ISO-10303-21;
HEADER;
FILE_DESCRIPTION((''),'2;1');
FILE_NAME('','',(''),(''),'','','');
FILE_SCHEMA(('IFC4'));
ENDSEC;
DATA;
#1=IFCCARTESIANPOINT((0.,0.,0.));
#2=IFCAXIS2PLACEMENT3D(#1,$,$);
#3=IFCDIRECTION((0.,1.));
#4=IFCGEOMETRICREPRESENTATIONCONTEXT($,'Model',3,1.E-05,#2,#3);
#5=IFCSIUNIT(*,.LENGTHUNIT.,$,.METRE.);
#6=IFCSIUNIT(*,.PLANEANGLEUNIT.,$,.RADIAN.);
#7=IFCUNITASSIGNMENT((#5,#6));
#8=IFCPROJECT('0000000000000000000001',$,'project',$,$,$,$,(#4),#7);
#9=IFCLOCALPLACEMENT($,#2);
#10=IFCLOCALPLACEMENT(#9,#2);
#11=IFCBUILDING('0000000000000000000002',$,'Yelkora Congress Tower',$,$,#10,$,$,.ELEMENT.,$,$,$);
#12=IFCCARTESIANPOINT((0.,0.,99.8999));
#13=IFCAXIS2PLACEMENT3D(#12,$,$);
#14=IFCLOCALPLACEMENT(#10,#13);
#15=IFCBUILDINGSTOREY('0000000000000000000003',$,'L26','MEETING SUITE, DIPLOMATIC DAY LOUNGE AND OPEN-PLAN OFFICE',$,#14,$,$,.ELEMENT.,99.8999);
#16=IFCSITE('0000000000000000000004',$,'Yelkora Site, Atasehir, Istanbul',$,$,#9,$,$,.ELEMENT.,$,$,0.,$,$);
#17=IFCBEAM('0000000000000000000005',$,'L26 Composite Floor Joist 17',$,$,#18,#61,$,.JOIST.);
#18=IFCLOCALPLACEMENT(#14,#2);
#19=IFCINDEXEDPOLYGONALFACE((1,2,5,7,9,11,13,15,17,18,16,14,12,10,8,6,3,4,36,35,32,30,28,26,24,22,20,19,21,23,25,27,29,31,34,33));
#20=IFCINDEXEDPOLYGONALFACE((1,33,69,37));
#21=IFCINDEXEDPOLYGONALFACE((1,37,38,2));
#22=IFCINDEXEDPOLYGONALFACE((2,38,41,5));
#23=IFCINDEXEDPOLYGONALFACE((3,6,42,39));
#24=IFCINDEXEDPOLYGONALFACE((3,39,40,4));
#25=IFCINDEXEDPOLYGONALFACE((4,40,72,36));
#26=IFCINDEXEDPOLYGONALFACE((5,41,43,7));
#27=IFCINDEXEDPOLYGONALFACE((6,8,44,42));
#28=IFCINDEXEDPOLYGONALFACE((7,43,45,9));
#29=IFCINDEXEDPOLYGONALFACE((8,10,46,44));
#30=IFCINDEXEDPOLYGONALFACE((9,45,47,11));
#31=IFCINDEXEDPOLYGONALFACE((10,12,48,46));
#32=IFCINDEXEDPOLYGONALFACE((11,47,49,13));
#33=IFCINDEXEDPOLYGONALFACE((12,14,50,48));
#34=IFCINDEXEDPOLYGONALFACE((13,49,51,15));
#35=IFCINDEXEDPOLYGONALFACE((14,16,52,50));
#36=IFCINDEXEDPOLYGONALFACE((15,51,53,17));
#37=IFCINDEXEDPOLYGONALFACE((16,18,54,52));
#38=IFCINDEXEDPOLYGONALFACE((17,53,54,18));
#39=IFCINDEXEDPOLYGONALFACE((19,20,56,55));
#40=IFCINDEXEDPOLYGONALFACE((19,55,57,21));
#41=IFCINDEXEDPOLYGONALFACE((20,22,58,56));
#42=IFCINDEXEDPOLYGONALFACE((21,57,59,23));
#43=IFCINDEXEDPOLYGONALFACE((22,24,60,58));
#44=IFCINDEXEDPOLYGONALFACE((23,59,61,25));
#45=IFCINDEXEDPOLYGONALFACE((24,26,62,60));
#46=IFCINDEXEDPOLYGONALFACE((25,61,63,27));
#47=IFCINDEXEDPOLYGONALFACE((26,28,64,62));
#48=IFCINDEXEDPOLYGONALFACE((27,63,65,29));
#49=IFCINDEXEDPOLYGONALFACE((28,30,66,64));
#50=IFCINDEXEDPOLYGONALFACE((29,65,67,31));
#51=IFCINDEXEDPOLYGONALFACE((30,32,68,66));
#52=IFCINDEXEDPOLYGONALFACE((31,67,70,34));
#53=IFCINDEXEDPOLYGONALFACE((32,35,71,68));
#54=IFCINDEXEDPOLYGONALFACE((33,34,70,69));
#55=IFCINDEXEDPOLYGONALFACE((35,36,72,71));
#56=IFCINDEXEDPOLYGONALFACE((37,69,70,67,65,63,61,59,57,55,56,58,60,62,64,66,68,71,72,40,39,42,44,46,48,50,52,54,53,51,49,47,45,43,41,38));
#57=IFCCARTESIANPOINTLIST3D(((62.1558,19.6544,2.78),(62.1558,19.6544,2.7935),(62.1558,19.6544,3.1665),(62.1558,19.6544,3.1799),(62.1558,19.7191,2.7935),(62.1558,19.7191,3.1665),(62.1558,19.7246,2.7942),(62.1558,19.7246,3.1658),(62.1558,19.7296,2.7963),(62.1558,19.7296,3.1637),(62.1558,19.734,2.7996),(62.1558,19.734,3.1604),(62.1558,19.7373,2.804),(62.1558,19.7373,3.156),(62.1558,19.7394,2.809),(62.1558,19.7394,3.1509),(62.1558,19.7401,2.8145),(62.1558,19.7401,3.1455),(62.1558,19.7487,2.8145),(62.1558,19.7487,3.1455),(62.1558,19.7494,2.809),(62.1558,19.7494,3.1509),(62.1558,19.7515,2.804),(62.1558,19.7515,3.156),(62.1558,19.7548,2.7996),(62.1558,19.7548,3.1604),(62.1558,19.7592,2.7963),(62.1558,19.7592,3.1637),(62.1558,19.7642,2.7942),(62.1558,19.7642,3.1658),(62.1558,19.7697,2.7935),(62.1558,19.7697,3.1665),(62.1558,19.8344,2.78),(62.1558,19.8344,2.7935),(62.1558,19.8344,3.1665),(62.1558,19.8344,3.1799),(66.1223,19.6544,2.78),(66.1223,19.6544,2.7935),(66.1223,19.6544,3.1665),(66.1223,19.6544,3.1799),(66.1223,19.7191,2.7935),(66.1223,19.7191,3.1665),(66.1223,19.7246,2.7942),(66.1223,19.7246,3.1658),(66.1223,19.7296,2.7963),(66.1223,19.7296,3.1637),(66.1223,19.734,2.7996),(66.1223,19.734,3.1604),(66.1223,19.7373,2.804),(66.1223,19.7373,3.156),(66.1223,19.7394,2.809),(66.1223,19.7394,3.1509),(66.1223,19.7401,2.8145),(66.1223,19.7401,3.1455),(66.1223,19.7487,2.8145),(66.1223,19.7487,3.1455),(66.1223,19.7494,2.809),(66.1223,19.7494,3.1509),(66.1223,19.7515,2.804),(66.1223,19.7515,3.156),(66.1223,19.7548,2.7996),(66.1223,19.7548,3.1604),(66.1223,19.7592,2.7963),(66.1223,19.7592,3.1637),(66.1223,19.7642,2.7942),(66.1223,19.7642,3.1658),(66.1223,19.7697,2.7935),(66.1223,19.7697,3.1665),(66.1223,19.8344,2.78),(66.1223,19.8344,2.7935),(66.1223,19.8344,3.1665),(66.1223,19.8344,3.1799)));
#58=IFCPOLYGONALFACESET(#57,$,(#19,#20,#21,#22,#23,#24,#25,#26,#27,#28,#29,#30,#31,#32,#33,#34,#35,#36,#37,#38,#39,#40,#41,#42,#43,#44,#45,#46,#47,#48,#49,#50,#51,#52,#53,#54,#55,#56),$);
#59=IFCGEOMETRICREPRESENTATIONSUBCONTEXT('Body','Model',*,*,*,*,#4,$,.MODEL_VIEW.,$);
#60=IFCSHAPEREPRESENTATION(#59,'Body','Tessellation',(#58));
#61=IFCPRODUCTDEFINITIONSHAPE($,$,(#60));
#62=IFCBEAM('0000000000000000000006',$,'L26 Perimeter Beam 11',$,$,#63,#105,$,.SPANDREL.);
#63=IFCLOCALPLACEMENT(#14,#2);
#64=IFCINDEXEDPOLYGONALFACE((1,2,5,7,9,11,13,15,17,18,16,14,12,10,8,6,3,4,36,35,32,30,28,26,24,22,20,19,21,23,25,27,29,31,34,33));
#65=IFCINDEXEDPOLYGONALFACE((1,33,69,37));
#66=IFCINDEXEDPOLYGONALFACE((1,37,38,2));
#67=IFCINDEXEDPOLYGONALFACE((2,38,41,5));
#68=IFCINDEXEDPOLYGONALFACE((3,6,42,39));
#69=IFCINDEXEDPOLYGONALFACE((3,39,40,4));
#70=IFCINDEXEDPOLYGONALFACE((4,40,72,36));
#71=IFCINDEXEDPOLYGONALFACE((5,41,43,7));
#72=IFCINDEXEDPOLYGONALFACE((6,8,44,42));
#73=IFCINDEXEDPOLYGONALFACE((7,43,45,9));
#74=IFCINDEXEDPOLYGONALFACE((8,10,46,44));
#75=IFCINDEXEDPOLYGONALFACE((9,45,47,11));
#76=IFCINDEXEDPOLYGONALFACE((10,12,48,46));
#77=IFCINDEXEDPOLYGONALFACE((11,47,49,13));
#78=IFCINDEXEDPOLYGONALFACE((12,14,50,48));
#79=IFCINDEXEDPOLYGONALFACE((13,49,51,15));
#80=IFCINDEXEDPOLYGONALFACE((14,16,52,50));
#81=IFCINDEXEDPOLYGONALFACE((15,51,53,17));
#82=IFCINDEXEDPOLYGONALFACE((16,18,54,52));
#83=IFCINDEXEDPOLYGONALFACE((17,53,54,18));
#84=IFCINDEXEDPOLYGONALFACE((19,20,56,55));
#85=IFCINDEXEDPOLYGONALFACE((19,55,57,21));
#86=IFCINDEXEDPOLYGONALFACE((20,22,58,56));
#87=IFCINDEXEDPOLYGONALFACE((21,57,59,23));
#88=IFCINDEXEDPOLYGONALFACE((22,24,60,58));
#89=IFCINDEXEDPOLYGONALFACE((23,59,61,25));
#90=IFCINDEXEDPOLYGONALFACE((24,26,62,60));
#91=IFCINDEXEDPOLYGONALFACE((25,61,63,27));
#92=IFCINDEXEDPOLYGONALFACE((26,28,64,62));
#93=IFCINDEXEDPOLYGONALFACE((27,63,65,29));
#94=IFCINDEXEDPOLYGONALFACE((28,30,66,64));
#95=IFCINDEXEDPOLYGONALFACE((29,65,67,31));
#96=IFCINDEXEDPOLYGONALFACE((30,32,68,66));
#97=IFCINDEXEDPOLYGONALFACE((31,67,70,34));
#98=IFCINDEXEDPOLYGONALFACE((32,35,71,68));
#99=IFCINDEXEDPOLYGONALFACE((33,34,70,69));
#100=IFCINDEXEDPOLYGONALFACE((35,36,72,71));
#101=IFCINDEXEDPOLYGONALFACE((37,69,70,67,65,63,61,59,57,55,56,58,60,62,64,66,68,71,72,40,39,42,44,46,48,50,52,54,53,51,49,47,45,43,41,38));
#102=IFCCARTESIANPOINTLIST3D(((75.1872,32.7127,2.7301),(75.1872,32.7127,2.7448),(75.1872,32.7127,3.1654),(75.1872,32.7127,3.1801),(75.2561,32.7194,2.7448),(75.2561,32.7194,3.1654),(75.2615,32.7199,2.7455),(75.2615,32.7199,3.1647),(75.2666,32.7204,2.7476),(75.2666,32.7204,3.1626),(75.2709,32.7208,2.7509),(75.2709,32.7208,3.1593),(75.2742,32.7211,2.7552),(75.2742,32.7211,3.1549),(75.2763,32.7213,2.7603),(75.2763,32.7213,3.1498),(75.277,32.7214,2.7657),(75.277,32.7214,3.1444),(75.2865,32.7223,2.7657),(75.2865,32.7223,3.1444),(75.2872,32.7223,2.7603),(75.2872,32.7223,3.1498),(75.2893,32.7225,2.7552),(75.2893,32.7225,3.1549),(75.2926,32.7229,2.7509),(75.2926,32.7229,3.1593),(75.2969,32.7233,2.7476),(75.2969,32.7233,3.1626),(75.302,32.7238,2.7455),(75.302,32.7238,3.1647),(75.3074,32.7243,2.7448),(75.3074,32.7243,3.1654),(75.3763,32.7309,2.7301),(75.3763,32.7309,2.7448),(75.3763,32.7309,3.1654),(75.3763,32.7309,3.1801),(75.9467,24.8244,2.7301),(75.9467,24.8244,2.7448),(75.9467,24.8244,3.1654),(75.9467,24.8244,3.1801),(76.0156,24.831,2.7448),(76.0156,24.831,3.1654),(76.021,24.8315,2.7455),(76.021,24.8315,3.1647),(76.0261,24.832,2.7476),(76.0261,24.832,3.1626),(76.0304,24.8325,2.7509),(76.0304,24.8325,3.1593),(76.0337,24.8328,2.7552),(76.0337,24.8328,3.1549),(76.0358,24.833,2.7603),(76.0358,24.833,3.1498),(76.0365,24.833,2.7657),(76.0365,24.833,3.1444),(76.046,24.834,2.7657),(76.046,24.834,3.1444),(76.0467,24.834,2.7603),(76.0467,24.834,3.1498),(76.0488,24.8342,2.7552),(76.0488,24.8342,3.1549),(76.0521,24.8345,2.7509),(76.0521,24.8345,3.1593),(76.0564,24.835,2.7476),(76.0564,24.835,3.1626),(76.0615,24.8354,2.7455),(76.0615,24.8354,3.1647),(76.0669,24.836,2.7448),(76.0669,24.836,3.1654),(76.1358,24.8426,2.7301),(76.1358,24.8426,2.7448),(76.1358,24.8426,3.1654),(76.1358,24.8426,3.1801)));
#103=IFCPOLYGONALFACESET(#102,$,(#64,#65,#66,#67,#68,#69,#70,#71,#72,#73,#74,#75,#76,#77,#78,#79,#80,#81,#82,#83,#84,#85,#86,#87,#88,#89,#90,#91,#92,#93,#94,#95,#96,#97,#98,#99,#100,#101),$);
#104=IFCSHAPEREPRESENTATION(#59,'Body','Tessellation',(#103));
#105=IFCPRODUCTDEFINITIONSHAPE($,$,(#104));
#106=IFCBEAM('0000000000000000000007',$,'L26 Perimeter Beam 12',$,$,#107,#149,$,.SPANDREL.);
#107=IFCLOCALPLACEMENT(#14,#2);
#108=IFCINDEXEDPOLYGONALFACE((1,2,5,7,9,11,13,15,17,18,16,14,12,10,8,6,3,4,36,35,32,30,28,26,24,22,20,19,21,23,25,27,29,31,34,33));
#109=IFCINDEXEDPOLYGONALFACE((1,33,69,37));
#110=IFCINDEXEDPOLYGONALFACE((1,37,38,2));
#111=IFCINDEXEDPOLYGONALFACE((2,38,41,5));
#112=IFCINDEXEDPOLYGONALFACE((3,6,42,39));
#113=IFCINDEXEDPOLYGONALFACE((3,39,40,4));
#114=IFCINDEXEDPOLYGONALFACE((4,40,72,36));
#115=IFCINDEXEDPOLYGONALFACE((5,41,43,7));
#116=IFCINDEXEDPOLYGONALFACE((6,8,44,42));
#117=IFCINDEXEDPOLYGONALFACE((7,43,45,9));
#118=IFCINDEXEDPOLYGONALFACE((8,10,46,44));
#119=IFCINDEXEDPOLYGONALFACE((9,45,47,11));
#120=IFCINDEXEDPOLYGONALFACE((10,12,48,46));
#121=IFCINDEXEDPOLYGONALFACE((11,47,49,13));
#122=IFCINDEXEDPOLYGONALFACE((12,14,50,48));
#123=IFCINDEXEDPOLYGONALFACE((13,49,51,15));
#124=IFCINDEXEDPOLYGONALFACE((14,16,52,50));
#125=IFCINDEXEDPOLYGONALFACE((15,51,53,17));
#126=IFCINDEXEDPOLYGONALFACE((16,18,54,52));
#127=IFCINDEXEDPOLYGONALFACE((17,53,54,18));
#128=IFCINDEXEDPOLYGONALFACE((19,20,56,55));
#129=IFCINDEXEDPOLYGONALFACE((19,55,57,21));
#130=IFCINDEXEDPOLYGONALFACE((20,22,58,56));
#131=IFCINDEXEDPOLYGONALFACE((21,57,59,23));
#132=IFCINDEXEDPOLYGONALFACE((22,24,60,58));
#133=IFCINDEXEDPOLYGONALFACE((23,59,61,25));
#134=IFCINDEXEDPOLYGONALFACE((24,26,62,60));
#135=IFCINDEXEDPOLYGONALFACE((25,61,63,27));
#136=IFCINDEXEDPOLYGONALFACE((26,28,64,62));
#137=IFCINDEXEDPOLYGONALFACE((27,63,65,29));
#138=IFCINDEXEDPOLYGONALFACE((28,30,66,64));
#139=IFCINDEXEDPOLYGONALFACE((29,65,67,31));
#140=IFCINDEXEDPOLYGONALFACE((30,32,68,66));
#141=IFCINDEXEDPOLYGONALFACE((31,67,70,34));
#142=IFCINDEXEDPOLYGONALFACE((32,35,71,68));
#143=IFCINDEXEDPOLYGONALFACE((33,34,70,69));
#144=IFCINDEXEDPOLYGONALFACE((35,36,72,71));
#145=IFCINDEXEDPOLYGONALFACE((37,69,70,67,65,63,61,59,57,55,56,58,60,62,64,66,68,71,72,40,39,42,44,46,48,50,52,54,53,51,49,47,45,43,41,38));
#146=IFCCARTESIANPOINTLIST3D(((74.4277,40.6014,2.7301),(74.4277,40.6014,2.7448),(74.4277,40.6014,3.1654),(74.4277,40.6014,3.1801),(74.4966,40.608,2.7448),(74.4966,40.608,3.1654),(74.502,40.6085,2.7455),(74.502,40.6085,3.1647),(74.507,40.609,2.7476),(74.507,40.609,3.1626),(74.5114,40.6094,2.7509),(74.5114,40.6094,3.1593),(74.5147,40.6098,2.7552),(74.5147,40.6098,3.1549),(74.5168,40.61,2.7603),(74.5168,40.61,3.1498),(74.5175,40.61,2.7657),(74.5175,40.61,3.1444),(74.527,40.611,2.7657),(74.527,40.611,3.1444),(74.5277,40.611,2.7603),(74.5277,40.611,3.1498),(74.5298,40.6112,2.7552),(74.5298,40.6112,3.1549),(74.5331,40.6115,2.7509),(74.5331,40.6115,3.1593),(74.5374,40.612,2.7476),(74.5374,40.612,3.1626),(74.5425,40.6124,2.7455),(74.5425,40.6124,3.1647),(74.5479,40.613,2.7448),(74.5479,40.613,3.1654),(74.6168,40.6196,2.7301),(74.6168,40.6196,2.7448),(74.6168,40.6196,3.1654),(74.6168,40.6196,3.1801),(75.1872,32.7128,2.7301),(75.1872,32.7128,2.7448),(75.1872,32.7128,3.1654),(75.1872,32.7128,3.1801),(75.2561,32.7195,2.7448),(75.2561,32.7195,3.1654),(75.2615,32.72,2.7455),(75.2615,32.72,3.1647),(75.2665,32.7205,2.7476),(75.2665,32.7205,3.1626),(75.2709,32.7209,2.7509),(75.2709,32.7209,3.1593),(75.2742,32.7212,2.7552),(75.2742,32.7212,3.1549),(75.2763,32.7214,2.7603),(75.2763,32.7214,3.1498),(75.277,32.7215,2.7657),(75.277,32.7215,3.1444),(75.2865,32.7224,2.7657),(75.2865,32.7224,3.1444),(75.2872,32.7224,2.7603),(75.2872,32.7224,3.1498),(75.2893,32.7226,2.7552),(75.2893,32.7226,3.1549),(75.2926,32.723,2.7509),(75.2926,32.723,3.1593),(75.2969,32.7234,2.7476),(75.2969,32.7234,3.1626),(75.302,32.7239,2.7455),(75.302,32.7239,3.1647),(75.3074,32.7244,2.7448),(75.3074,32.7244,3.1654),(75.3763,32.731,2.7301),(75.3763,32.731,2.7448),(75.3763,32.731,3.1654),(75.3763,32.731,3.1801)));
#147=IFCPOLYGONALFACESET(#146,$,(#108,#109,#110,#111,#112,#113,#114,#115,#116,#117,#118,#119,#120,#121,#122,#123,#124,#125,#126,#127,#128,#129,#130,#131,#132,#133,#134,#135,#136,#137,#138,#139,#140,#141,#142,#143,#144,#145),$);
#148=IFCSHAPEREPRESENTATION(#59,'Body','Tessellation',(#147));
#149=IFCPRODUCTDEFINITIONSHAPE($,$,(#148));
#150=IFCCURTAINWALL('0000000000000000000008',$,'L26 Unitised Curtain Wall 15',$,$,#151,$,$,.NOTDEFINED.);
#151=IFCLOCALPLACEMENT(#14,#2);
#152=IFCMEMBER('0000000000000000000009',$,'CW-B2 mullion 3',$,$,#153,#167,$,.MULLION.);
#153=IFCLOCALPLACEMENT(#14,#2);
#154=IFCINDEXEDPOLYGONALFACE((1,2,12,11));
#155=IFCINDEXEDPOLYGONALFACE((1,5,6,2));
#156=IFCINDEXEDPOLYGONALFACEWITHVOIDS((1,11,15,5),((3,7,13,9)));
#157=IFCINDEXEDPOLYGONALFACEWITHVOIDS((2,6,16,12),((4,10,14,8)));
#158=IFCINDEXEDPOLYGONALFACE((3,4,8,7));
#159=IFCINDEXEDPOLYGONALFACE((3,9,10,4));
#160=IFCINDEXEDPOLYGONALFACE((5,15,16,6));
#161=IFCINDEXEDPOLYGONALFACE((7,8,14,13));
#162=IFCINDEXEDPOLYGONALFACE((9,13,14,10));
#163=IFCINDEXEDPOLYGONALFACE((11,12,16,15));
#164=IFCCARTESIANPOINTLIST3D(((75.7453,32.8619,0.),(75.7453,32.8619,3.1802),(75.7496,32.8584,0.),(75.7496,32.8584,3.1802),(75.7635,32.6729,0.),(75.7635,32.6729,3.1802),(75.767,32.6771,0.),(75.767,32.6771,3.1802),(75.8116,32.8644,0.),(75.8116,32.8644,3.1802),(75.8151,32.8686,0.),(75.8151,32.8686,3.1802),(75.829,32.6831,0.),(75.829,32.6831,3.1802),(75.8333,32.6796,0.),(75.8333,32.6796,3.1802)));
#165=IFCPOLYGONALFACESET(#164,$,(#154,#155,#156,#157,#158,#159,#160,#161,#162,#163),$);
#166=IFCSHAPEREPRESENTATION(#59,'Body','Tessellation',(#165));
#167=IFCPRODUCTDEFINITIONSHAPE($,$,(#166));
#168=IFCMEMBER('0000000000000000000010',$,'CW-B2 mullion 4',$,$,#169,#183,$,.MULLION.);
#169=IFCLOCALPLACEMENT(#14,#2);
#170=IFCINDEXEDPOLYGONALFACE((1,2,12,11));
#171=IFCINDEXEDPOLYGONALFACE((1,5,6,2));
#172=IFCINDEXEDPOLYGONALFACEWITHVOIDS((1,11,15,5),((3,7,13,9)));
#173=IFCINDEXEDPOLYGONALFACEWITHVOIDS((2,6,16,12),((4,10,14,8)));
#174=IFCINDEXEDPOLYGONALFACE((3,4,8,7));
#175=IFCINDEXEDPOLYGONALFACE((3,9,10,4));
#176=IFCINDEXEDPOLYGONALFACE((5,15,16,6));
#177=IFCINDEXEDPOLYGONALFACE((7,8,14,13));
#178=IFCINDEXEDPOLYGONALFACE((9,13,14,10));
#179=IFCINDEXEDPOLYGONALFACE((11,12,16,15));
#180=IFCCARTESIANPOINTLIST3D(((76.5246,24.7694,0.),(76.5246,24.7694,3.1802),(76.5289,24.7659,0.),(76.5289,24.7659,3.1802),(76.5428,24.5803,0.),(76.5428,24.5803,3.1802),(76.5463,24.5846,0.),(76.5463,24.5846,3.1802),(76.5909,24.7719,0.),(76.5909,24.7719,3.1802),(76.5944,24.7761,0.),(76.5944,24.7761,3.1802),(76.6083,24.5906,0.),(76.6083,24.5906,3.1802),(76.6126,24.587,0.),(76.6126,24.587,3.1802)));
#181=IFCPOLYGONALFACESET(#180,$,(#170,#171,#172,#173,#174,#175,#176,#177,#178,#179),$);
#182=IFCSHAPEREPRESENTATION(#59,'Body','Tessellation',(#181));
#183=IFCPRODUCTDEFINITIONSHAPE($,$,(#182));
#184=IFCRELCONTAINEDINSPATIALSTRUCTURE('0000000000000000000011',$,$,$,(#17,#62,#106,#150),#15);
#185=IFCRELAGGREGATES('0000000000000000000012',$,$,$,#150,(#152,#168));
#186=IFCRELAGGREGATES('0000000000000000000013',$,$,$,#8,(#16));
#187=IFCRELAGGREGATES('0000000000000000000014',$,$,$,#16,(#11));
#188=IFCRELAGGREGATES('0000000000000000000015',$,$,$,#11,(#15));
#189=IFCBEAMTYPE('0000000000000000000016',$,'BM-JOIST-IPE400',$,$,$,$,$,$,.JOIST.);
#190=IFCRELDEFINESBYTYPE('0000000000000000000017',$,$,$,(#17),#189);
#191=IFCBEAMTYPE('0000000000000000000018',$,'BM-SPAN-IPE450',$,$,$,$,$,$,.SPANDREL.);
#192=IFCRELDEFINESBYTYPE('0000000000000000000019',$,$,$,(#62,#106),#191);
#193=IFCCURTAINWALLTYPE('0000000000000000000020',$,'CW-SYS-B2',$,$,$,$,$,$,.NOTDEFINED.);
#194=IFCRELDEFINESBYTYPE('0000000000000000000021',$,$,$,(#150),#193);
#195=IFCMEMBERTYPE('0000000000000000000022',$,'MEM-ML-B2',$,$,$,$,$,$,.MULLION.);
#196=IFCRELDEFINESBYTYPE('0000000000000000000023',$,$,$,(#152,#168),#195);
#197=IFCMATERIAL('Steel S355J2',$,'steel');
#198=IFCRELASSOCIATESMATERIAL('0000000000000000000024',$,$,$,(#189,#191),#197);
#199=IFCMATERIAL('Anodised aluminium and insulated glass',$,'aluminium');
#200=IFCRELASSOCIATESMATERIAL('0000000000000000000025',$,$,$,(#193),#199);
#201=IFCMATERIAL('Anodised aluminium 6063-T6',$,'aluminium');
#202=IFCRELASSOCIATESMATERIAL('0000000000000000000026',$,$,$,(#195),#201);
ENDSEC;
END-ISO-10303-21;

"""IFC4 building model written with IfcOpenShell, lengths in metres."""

from ifc_helpers import new_model, si_unit, direction, frame, origin, origin_2d, place, context, subcontext, project, spatial, hollow_rectangle, i_section, extrude, material, material_profile, profile_set, type_object, element, aggregate, save


model = new_model("IFC4")

# Units and contexts
model_context = context("Model", 3, precision=1e-05, world=origin(), true_north=direction((0.0, 1.0)))
body_context = subcontext(model_context, "Body", "Model", "MODEL_VIEW")
ifc_project = project(units=[si_unit("LENGTHUNIT", "METRE"), si_unit("PLANEANGLEUNIT", "RADIAN")], contexts=[model_context])

# Site, building, storey
site_placement = place(None, origin())
site = spatial("IfcSite", under=ifc_project, at=site_placement, Name="Yelkora Site, Atasehir, Istanbul", CompositionType="ELEMENT", RefElevation=0.0)
building_placement = place(site_placement, origin())
building = spatial("IfcBuilding", under=site, at=building_placement, Name="Yelkora Congress Tower", CompositionType="ELEMENT")
storey_placement = place(building_placement, frame((0.0, 0.0, 99.8999)))
storey = spatial("IfcBuildingStorey", under=building, at=storey_placement, Name="L26", Description="MEETING SUITE, DIPLOMATIC DAY LOUNGE AND OPEN-PLAN OFFICE", CompositionType="ELEMENT", Elevation=99.8999)

# Beams
ifc_material_1 = material(Name="Steel S355J2", Category="steel")
ifc_material_profile_1 = material_profile(ifc_material_1, i_section(OverallWidth=0.1799, OverallDepth=0.3999, WebThickness=0.0085, FlangeThickness=0.0134, FilletRadius=0.021, at=origin_2d()), Name="IPE 400")
ifc_profile_set_1 = profile_set([ifc_material_profile_1], Name="Steel S355J2")
beam_type_1 = type_object("IfcBeamType", Name="BM-JOIST-IPE400", PredefinedType="JOIST", material=ifc_profile_set_1)
beam_1_placement = place(storey_placement, frame((62.1558, 19.7444, 2.98), z_axis=(1.0, 0.0, 0.0), x_axis=(0.0, 1.0, 0.0)))
element("IfcBeam", 1, at=beam_1_placement, inside=storey, type_object=beam_type_1, Name="L26 Composite Floor Joist 17", PredefinedType="JOIST", context=body_context, shape_type="SweptSolid", body=[
    extrude(i_section(OverallWidth=0.1799, OverallDepth=0.3999, WebThickness=0.0085, FlangeThickness=0.0134, FilletRadius=0.021, at=origin_2d()), origin(), (0.0, 0.0, 1.0), 3.9666),
])
ifc_material_profile_2 = material_profile(ifc_material_1, i_section(OverallWidth=0.1899, OverallDepth=0.45, WebThickness=0.0095, FlangeThickness=0.0146, FilletRadius=0.021, at=origin_2d()), Name="IPE 450")
ifc_profile_set_2 = profile_set([ifc_material_profile_2], Name="Steel S355J2")
beam_type_2 = type_object("IfcBeamType", Name="BM-SPAN-IPE450", PredefinedType="SPANDREL", material=ifc_profile_set_2)
beam_2_placement = place(storey_placement, frame((76.0413, 24.8335, 2.9551), z_axis=(-0.09584, 0.995397, 0.0), x_axis=(-0.995397, -0.09584, 0.0)))
element("IfcBeam", 2, at=beam_2_placement, inside=storey, type_object=beam_type_2, Name="L26 Perimeter Beam 11", PredefinedType="SPANDREL", context=body_context, shape_type="SweptSolid", body=[
    extrude(i_section(OverallWidth=0.1899, OverallDepth=0.45, WebThickness=0.0095, FlangeThickness=0.0146, FilletRadius=0.021, at=origin_2d()), origin(), (0.0, 0.0, 1.0), 7.9248),
])
beam_3_placement = place(storey_placement, frame((75.2817, 32.7219, 2.9551), z_axis=(-0.095837, 0.995397, 0.0), x_axis=(-0.995397, -0.095837, 0.0)))
element("IfcBeam", 3, at=beam_3_placement, inside=storey, type_object=beam_type_2, Name="L26 Perimeter Beam 12", PredefinedType="SPANDREL", context=body_context, shape_type="SweptSolid", body=[
    extrude(i_section(OverallWidth=0.1899, OverallDepth=0.45, WebThickness=0.0095, FlangeThickness=0.0146, FilletRadius=0.021, at=origin_2d()), origin(), (0.0, 0.0, 1.0), 7.925),
])

# Curtain wall, members
ifc_material_2 = material(Name="Anodised aluminium and insulated glass", Category="aluminium")
curtain_wall_type = type_object("IfcCurtainWallType", Name="CW-SYS-B2", PredefinedType="NOTDEFINED", material=ifc_material_2)
curtain_wall_placement = place(storey_placement, origin())
curtain_wall = element("IfcCurtainWall", 4, at=curtain_wall_placement, inside=storey, type_object=curtain_wall_type, Name="L26 Unitised Curtain Wall 15", PredefinedType="NOTDEFINED")
ifc_material_3 = material(Name="Anodised aluminium 6063-T6", Category="aluminium")
ifc_material_profile_3 = material_profile(ifc_material_3, hollow_rectangle(XDim=0.0701, YDim=0.1899, WallThickness=0.0039, at=origin_2d()), Name="ALU 70x190x4")
ifc_profile_set_3 = profile_set([ifc_material_profile_3], Name="Anodised aluminium 6063-T6")
member_type_1 = type_object("IfcMemberType", Name="MEM-ML-B2", PredefinedType="MULLION", material=ifc_profile_set_3)
member_1_placement = place(storey_placement, frame((75.7893, 32.7708, 0.0), z_axis=(0.0, 0.0, 1.0), x_axis=(0.995397, 0.095843, 0.0)))
member_1 = element("IfcMember", 5, at=member_1_placement, type_object=member_type_1, Name="CW-B2 mullion 3", PredefinedType="MULLION", context=body_context, shape_type="SweptSolid", body=[
    extrude(hollow_rectangle(XDim=0.0701, YDim=0.1899, WallThickness=0.0039, at=origin_2d()), origin(), (0.0, 0.0, 1.0), 3.1802),
])
member_2_placement = place(storey_placement, frame((76.5686, 24.6782, 0.0), z_axis=(0.0, 0.0, 1.0), x_axis=(0.995397, 0.095843, 0.0)))
member_2 = element("IfcMember", 6, at=member_2_placement, type_object=member_type_1, Name="CW-B2 mullion 4", PredefinedType="MULLION", context=body_context, shape_type="SweptSolid", body=[
    extrude(hollow_rectangle(XDim=0.0701, YDim=0.1899, WallThickness=0.0039, at=origin_2d()), origin(), (0.0, 0.0, 1.0), 3.1802),
])
aggregate(curtain_wall, [member_1, member_2])

save(model, "model.ifc")
